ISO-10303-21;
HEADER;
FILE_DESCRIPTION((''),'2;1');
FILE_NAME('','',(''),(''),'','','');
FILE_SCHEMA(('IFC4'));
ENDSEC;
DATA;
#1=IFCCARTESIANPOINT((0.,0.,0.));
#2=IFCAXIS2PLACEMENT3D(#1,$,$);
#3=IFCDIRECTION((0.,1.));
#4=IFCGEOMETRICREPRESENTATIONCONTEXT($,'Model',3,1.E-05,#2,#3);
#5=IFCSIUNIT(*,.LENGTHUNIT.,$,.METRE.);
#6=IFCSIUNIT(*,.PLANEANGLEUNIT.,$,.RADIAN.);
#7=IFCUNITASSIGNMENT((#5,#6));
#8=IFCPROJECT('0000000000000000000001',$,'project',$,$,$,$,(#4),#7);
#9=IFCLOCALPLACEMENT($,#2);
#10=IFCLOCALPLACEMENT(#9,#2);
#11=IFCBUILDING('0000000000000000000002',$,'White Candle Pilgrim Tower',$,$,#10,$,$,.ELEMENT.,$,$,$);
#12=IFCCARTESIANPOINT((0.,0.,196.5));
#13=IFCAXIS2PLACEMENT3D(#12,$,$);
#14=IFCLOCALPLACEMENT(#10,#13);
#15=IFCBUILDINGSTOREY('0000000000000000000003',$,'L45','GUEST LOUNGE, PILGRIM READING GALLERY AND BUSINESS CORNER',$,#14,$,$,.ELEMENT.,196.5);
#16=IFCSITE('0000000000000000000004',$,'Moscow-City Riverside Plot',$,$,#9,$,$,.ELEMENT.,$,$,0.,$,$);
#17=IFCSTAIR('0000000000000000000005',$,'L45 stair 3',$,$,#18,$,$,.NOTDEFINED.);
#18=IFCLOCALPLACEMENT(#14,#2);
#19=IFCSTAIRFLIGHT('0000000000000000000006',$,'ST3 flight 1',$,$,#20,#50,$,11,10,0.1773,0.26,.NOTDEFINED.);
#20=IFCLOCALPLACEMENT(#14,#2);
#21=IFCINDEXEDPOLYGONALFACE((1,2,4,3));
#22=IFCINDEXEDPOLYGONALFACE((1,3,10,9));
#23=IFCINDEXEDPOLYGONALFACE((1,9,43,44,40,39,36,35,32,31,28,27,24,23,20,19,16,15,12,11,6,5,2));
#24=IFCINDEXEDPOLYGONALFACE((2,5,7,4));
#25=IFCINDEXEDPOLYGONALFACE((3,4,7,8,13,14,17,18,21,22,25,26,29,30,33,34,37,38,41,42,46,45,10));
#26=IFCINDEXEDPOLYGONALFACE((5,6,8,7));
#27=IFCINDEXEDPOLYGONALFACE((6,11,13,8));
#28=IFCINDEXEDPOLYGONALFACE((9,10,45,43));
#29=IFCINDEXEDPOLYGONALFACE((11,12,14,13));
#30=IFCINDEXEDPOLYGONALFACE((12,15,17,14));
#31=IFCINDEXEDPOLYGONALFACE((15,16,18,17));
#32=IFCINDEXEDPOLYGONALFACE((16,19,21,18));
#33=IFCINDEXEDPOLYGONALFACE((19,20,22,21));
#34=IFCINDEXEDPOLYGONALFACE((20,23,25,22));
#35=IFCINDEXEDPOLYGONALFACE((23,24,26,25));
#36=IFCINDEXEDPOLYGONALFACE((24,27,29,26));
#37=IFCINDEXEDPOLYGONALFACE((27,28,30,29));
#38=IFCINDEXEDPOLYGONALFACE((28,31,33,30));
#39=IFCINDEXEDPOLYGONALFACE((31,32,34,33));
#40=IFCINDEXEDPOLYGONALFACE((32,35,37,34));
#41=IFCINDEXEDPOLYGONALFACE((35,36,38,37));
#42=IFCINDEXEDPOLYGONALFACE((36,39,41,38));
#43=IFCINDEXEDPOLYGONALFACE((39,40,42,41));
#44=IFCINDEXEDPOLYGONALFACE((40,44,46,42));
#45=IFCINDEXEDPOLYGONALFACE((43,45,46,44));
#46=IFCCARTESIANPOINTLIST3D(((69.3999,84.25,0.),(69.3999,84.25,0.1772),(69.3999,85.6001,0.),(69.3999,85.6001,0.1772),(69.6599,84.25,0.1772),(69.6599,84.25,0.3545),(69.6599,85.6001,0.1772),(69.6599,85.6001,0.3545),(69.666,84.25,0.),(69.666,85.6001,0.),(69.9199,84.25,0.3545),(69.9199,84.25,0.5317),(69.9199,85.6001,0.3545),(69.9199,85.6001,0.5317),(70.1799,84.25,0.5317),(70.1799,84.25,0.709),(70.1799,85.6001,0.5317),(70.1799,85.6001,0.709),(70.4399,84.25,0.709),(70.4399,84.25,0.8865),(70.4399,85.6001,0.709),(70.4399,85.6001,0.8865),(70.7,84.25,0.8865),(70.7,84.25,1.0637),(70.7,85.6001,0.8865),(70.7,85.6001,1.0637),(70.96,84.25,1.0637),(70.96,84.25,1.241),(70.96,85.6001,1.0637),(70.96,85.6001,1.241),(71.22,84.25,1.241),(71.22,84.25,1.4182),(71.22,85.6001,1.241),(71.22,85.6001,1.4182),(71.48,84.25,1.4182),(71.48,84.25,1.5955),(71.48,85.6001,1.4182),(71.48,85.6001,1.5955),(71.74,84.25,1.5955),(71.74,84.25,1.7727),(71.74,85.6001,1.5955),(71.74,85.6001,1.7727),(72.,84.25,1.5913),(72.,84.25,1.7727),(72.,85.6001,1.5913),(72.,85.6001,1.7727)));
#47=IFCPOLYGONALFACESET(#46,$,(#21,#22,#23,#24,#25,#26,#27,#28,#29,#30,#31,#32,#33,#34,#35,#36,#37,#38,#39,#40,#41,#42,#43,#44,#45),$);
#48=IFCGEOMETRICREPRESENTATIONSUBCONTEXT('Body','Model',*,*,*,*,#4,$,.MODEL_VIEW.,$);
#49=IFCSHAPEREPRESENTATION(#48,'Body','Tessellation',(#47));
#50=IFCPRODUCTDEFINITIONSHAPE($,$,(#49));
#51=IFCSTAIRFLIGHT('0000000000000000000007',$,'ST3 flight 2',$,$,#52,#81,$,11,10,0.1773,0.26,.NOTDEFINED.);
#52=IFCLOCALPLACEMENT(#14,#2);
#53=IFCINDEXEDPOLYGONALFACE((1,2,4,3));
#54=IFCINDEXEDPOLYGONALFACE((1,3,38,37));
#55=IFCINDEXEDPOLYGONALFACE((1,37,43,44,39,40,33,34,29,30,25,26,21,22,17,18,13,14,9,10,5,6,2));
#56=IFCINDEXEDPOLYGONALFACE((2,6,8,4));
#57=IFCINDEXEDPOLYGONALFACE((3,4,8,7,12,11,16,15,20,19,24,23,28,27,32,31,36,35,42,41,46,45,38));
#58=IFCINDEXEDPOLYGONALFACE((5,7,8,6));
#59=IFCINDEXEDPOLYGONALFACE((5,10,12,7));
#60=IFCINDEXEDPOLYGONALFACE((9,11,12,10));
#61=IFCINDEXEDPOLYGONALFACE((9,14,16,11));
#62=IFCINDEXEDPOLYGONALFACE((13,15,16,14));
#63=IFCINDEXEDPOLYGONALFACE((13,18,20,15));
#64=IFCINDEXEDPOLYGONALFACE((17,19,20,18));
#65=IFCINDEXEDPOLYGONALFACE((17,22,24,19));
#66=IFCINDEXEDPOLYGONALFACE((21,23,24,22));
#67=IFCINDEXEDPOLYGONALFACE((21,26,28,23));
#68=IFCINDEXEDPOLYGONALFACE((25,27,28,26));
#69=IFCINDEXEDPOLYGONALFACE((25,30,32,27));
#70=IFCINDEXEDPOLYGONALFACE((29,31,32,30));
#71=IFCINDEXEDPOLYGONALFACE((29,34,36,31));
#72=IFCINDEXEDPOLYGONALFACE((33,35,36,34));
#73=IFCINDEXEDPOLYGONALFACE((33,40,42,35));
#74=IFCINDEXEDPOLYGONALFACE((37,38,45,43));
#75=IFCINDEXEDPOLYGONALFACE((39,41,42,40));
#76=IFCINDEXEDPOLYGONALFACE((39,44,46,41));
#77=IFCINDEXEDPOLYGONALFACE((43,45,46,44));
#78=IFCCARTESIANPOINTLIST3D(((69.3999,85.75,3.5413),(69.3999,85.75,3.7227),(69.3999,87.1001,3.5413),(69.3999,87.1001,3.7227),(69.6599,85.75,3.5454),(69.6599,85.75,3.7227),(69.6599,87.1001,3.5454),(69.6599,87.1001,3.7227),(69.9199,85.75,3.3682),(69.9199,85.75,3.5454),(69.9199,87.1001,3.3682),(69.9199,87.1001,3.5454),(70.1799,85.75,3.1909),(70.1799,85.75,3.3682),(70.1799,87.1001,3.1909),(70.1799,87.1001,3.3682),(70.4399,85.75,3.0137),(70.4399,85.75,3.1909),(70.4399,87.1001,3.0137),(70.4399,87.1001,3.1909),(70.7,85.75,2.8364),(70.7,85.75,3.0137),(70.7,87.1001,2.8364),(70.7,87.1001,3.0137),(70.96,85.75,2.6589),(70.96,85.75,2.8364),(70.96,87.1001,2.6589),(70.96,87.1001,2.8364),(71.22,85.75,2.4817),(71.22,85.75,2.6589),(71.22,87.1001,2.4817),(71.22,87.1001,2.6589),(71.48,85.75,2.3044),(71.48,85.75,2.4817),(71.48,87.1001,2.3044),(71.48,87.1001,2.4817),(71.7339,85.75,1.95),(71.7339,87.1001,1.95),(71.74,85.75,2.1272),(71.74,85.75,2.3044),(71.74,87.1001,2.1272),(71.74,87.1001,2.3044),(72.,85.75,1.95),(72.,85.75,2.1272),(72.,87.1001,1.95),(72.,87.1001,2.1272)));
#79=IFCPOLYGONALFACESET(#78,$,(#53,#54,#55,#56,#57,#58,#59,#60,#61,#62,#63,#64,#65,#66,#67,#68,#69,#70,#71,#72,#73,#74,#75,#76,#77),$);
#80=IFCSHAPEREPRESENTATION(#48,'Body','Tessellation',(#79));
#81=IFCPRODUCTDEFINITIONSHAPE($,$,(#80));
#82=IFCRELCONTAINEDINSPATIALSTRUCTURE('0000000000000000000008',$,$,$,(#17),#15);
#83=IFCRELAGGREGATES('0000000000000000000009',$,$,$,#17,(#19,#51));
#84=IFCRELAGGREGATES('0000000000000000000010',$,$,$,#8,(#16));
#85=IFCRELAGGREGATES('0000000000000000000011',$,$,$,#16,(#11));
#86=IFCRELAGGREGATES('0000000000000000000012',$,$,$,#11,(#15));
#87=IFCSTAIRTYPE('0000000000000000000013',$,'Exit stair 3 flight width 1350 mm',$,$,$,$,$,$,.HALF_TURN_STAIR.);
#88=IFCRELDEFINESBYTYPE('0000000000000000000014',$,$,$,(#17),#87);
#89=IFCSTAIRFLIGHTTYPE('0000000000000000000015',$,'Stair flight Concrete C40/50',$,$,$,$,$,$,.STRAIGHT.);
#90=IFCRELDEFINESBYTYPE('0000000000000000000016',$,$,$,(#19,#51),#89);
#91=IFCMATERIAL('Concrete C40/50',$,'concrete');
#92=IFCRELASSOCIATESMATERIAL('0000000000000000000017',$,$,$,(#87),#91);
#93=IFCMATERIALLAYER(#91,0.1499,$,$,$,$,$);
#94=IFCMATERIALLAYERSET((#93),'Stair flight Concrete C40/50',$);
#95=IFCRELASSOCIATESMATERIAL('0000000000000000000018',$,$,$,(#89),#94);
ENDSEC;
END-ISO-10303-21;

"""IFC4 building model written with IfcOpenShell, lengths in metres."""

from ifc_helpers import new_model, si_unit, direction, frame, origin, place, context, subcontext, project, spatial, polyline, outline, extrude, material, layer, layer_set, type_object, element, aggregate, save


model = new_model("IFC4")

# Units and contexts
model_context = context("Model", 3, precision=1e-05, world=origin(), true_north=direction((0.0, 1.0)))
body_context = subcontext(model_context, "Body", "Model", "MODEL_VIEW")
ifc_project = project(units=[si_unit("LENGTHUNIT", "METRE"), si_unit("PLANEANGLEUNIT", "RADIAN")], contexts=[model_context])

# Site, building, storey
site_placement = place(None, origin())
site = spatial("IfcSite", under=ifc_project, at=site_placement, Name="Moscow-City Riverside Plot", CompositionType="ELEMENT", RefElevation=0.0)
building_placement = place(site_placement, origin())
building = spatial("IfcBuilding", under=site, at=building_placement, Name="White Candle Pilgrim Tower", CompositionType="ELEMENT")
storey_placement = place(building_placement, frame((0.0, 0.0, 196.5)))
storey = spatial("IfcBuildingStorey", under=building, at=storey_placement, Name="L45", Description="GUEST LOUNGE, PILGRIM READING GALLERY AND BUSINESS CORNER", CompositionType="ELEMENT", Elevation=196.5)

# Stair, stair flights
ifc_material_1 = material(Name="Concrete C40/50", Category="concrete")
stair_type = type_object("IfcStairType", Name="Exit stair 3 flight width 1350 mm", PredefinedType="HALF_TURN_STAIR", material=ifc_material_1)
stair_placement = place(storey_placement, origin())
stair = element("IfcStair", 1, at=stair_placement, inside=storey, type_object=stair_type, Name="L45 stair 3", PredefinedType="NOTDEFINED")
ifc_layer_1 = layer(ifc_material_1, 0.1499)
ifc_layer_set_1 = layer_set([ifc_layer_1], Name="Stair flight Concrete C40/50")
stair_flight_type = type_object("IfcStairFlightType", Name="Stair flight Concrete C40/50", PredefinedType="STRAIGHT", material=ifc_layer_set_1)
stair_flight_1_placement = place(storey_placement, frame((69.3999, 84.925, 0.0), z_axis=(0.0, 0.0, 1.0), x_axis=(1.0, 0.0, 0.0)))
stair_flight_1 = element("IfcStairFlight", 2, at=stair_flight_1_placement, type_object=stair_flight_type, Name="ST3 flight 1", NumberOfRisers=11, NumberOfTreads=10, PredefinedType="NOTDEFINED", RiserHeight=0.1773, TreadLength=0.26, context=body_context, shape_type="SweptSolid", body=[
    extrude(outline(polyline([(0.0, 0.0), (0.0, 0.1772), (0.26, 0.1772), (0.26, 0.3545), (0.52, 0.3545), (0.52, 0.5317), (0.78, 0.5317), (0.78, 0.709), (1.04, 0.709), (1.04, 0.8865), (1.3, 0.8865), (1.3, 1.0637), (1.5601, 1.0637), (1.5601, 1.241), (1.8201, 1.241), (1.8201, 1.4182), (2.0801, 1.4182), (2.0801, 1.5955), (2.3401, 1.5955), (2.3401, 1.7727), (2.6001, 1.7727), (2.6001, 1.95), (2.6001, 1.5913), (0.2661, 0.0), (0.0, 0.0)])), frame((0.0, 0.675, 0.0), z_axis=(0.0, -1.0, 0.0), x_axis=(1.0, 0.0, 0.0)), (0.0, 0.0, 1.0), 1.3501),
])
stair_flight_2_placement = place(storey_placement, frame((72.0, 86.425, 1.95), z_axis=(0.0, 0.0, 1.0), x_axis=(-1.0, 0.0, 0.0)))
stair_flight_2 = element("IfcStairFlight", 3, at=stair_flight_2_placement, type_object=stair_flight_type, Name="ST3 flight 2", NumberOfRisers=11, NumberOfTreads=10, PredefinedType="NOTDEFINED", RiserHeight=0.1773, TreadLength=0.26, context=body_context, shape_type="SweptSolid", body=[
    extrude(outline(polyline([(0.0, 0.0), (0.0, 0.1772), (0.26, 0.1772), (0.26, 0.3545), (0.52, 0.3545), (0.52, 0.5317), (0.78, 0.5317), (0.78, 0.709), (1.04, 0.709), (1.04, 0.8865), (1.3, 0.8865), (1.3, 1.0637), (1.5601, 1.0637), (1.5601, 1.241), (1.8201, 1.241), (1.8201, 1.4182), (2.0801, 1.4182), (2.0801, 1.5955), (2.3401, 1.5955), (2.3401, 1.7727), (2.6001, 1.7727), (2.6001, 1.95), (2.6001, 1.5913), (0.2661, 0.0), (0.0, 0.0)])), frame((0.0, 0.675, 0.0), z_axis=(0.0, -1.0, 0.0), x_axis=(1.0, 0.0, 0.0)), (0.0, 0.0, 1.0), 1.3501),
])
aggregate(stair, [stair_flight_1, stair_flight_2])

save(model, "model.ifc")
